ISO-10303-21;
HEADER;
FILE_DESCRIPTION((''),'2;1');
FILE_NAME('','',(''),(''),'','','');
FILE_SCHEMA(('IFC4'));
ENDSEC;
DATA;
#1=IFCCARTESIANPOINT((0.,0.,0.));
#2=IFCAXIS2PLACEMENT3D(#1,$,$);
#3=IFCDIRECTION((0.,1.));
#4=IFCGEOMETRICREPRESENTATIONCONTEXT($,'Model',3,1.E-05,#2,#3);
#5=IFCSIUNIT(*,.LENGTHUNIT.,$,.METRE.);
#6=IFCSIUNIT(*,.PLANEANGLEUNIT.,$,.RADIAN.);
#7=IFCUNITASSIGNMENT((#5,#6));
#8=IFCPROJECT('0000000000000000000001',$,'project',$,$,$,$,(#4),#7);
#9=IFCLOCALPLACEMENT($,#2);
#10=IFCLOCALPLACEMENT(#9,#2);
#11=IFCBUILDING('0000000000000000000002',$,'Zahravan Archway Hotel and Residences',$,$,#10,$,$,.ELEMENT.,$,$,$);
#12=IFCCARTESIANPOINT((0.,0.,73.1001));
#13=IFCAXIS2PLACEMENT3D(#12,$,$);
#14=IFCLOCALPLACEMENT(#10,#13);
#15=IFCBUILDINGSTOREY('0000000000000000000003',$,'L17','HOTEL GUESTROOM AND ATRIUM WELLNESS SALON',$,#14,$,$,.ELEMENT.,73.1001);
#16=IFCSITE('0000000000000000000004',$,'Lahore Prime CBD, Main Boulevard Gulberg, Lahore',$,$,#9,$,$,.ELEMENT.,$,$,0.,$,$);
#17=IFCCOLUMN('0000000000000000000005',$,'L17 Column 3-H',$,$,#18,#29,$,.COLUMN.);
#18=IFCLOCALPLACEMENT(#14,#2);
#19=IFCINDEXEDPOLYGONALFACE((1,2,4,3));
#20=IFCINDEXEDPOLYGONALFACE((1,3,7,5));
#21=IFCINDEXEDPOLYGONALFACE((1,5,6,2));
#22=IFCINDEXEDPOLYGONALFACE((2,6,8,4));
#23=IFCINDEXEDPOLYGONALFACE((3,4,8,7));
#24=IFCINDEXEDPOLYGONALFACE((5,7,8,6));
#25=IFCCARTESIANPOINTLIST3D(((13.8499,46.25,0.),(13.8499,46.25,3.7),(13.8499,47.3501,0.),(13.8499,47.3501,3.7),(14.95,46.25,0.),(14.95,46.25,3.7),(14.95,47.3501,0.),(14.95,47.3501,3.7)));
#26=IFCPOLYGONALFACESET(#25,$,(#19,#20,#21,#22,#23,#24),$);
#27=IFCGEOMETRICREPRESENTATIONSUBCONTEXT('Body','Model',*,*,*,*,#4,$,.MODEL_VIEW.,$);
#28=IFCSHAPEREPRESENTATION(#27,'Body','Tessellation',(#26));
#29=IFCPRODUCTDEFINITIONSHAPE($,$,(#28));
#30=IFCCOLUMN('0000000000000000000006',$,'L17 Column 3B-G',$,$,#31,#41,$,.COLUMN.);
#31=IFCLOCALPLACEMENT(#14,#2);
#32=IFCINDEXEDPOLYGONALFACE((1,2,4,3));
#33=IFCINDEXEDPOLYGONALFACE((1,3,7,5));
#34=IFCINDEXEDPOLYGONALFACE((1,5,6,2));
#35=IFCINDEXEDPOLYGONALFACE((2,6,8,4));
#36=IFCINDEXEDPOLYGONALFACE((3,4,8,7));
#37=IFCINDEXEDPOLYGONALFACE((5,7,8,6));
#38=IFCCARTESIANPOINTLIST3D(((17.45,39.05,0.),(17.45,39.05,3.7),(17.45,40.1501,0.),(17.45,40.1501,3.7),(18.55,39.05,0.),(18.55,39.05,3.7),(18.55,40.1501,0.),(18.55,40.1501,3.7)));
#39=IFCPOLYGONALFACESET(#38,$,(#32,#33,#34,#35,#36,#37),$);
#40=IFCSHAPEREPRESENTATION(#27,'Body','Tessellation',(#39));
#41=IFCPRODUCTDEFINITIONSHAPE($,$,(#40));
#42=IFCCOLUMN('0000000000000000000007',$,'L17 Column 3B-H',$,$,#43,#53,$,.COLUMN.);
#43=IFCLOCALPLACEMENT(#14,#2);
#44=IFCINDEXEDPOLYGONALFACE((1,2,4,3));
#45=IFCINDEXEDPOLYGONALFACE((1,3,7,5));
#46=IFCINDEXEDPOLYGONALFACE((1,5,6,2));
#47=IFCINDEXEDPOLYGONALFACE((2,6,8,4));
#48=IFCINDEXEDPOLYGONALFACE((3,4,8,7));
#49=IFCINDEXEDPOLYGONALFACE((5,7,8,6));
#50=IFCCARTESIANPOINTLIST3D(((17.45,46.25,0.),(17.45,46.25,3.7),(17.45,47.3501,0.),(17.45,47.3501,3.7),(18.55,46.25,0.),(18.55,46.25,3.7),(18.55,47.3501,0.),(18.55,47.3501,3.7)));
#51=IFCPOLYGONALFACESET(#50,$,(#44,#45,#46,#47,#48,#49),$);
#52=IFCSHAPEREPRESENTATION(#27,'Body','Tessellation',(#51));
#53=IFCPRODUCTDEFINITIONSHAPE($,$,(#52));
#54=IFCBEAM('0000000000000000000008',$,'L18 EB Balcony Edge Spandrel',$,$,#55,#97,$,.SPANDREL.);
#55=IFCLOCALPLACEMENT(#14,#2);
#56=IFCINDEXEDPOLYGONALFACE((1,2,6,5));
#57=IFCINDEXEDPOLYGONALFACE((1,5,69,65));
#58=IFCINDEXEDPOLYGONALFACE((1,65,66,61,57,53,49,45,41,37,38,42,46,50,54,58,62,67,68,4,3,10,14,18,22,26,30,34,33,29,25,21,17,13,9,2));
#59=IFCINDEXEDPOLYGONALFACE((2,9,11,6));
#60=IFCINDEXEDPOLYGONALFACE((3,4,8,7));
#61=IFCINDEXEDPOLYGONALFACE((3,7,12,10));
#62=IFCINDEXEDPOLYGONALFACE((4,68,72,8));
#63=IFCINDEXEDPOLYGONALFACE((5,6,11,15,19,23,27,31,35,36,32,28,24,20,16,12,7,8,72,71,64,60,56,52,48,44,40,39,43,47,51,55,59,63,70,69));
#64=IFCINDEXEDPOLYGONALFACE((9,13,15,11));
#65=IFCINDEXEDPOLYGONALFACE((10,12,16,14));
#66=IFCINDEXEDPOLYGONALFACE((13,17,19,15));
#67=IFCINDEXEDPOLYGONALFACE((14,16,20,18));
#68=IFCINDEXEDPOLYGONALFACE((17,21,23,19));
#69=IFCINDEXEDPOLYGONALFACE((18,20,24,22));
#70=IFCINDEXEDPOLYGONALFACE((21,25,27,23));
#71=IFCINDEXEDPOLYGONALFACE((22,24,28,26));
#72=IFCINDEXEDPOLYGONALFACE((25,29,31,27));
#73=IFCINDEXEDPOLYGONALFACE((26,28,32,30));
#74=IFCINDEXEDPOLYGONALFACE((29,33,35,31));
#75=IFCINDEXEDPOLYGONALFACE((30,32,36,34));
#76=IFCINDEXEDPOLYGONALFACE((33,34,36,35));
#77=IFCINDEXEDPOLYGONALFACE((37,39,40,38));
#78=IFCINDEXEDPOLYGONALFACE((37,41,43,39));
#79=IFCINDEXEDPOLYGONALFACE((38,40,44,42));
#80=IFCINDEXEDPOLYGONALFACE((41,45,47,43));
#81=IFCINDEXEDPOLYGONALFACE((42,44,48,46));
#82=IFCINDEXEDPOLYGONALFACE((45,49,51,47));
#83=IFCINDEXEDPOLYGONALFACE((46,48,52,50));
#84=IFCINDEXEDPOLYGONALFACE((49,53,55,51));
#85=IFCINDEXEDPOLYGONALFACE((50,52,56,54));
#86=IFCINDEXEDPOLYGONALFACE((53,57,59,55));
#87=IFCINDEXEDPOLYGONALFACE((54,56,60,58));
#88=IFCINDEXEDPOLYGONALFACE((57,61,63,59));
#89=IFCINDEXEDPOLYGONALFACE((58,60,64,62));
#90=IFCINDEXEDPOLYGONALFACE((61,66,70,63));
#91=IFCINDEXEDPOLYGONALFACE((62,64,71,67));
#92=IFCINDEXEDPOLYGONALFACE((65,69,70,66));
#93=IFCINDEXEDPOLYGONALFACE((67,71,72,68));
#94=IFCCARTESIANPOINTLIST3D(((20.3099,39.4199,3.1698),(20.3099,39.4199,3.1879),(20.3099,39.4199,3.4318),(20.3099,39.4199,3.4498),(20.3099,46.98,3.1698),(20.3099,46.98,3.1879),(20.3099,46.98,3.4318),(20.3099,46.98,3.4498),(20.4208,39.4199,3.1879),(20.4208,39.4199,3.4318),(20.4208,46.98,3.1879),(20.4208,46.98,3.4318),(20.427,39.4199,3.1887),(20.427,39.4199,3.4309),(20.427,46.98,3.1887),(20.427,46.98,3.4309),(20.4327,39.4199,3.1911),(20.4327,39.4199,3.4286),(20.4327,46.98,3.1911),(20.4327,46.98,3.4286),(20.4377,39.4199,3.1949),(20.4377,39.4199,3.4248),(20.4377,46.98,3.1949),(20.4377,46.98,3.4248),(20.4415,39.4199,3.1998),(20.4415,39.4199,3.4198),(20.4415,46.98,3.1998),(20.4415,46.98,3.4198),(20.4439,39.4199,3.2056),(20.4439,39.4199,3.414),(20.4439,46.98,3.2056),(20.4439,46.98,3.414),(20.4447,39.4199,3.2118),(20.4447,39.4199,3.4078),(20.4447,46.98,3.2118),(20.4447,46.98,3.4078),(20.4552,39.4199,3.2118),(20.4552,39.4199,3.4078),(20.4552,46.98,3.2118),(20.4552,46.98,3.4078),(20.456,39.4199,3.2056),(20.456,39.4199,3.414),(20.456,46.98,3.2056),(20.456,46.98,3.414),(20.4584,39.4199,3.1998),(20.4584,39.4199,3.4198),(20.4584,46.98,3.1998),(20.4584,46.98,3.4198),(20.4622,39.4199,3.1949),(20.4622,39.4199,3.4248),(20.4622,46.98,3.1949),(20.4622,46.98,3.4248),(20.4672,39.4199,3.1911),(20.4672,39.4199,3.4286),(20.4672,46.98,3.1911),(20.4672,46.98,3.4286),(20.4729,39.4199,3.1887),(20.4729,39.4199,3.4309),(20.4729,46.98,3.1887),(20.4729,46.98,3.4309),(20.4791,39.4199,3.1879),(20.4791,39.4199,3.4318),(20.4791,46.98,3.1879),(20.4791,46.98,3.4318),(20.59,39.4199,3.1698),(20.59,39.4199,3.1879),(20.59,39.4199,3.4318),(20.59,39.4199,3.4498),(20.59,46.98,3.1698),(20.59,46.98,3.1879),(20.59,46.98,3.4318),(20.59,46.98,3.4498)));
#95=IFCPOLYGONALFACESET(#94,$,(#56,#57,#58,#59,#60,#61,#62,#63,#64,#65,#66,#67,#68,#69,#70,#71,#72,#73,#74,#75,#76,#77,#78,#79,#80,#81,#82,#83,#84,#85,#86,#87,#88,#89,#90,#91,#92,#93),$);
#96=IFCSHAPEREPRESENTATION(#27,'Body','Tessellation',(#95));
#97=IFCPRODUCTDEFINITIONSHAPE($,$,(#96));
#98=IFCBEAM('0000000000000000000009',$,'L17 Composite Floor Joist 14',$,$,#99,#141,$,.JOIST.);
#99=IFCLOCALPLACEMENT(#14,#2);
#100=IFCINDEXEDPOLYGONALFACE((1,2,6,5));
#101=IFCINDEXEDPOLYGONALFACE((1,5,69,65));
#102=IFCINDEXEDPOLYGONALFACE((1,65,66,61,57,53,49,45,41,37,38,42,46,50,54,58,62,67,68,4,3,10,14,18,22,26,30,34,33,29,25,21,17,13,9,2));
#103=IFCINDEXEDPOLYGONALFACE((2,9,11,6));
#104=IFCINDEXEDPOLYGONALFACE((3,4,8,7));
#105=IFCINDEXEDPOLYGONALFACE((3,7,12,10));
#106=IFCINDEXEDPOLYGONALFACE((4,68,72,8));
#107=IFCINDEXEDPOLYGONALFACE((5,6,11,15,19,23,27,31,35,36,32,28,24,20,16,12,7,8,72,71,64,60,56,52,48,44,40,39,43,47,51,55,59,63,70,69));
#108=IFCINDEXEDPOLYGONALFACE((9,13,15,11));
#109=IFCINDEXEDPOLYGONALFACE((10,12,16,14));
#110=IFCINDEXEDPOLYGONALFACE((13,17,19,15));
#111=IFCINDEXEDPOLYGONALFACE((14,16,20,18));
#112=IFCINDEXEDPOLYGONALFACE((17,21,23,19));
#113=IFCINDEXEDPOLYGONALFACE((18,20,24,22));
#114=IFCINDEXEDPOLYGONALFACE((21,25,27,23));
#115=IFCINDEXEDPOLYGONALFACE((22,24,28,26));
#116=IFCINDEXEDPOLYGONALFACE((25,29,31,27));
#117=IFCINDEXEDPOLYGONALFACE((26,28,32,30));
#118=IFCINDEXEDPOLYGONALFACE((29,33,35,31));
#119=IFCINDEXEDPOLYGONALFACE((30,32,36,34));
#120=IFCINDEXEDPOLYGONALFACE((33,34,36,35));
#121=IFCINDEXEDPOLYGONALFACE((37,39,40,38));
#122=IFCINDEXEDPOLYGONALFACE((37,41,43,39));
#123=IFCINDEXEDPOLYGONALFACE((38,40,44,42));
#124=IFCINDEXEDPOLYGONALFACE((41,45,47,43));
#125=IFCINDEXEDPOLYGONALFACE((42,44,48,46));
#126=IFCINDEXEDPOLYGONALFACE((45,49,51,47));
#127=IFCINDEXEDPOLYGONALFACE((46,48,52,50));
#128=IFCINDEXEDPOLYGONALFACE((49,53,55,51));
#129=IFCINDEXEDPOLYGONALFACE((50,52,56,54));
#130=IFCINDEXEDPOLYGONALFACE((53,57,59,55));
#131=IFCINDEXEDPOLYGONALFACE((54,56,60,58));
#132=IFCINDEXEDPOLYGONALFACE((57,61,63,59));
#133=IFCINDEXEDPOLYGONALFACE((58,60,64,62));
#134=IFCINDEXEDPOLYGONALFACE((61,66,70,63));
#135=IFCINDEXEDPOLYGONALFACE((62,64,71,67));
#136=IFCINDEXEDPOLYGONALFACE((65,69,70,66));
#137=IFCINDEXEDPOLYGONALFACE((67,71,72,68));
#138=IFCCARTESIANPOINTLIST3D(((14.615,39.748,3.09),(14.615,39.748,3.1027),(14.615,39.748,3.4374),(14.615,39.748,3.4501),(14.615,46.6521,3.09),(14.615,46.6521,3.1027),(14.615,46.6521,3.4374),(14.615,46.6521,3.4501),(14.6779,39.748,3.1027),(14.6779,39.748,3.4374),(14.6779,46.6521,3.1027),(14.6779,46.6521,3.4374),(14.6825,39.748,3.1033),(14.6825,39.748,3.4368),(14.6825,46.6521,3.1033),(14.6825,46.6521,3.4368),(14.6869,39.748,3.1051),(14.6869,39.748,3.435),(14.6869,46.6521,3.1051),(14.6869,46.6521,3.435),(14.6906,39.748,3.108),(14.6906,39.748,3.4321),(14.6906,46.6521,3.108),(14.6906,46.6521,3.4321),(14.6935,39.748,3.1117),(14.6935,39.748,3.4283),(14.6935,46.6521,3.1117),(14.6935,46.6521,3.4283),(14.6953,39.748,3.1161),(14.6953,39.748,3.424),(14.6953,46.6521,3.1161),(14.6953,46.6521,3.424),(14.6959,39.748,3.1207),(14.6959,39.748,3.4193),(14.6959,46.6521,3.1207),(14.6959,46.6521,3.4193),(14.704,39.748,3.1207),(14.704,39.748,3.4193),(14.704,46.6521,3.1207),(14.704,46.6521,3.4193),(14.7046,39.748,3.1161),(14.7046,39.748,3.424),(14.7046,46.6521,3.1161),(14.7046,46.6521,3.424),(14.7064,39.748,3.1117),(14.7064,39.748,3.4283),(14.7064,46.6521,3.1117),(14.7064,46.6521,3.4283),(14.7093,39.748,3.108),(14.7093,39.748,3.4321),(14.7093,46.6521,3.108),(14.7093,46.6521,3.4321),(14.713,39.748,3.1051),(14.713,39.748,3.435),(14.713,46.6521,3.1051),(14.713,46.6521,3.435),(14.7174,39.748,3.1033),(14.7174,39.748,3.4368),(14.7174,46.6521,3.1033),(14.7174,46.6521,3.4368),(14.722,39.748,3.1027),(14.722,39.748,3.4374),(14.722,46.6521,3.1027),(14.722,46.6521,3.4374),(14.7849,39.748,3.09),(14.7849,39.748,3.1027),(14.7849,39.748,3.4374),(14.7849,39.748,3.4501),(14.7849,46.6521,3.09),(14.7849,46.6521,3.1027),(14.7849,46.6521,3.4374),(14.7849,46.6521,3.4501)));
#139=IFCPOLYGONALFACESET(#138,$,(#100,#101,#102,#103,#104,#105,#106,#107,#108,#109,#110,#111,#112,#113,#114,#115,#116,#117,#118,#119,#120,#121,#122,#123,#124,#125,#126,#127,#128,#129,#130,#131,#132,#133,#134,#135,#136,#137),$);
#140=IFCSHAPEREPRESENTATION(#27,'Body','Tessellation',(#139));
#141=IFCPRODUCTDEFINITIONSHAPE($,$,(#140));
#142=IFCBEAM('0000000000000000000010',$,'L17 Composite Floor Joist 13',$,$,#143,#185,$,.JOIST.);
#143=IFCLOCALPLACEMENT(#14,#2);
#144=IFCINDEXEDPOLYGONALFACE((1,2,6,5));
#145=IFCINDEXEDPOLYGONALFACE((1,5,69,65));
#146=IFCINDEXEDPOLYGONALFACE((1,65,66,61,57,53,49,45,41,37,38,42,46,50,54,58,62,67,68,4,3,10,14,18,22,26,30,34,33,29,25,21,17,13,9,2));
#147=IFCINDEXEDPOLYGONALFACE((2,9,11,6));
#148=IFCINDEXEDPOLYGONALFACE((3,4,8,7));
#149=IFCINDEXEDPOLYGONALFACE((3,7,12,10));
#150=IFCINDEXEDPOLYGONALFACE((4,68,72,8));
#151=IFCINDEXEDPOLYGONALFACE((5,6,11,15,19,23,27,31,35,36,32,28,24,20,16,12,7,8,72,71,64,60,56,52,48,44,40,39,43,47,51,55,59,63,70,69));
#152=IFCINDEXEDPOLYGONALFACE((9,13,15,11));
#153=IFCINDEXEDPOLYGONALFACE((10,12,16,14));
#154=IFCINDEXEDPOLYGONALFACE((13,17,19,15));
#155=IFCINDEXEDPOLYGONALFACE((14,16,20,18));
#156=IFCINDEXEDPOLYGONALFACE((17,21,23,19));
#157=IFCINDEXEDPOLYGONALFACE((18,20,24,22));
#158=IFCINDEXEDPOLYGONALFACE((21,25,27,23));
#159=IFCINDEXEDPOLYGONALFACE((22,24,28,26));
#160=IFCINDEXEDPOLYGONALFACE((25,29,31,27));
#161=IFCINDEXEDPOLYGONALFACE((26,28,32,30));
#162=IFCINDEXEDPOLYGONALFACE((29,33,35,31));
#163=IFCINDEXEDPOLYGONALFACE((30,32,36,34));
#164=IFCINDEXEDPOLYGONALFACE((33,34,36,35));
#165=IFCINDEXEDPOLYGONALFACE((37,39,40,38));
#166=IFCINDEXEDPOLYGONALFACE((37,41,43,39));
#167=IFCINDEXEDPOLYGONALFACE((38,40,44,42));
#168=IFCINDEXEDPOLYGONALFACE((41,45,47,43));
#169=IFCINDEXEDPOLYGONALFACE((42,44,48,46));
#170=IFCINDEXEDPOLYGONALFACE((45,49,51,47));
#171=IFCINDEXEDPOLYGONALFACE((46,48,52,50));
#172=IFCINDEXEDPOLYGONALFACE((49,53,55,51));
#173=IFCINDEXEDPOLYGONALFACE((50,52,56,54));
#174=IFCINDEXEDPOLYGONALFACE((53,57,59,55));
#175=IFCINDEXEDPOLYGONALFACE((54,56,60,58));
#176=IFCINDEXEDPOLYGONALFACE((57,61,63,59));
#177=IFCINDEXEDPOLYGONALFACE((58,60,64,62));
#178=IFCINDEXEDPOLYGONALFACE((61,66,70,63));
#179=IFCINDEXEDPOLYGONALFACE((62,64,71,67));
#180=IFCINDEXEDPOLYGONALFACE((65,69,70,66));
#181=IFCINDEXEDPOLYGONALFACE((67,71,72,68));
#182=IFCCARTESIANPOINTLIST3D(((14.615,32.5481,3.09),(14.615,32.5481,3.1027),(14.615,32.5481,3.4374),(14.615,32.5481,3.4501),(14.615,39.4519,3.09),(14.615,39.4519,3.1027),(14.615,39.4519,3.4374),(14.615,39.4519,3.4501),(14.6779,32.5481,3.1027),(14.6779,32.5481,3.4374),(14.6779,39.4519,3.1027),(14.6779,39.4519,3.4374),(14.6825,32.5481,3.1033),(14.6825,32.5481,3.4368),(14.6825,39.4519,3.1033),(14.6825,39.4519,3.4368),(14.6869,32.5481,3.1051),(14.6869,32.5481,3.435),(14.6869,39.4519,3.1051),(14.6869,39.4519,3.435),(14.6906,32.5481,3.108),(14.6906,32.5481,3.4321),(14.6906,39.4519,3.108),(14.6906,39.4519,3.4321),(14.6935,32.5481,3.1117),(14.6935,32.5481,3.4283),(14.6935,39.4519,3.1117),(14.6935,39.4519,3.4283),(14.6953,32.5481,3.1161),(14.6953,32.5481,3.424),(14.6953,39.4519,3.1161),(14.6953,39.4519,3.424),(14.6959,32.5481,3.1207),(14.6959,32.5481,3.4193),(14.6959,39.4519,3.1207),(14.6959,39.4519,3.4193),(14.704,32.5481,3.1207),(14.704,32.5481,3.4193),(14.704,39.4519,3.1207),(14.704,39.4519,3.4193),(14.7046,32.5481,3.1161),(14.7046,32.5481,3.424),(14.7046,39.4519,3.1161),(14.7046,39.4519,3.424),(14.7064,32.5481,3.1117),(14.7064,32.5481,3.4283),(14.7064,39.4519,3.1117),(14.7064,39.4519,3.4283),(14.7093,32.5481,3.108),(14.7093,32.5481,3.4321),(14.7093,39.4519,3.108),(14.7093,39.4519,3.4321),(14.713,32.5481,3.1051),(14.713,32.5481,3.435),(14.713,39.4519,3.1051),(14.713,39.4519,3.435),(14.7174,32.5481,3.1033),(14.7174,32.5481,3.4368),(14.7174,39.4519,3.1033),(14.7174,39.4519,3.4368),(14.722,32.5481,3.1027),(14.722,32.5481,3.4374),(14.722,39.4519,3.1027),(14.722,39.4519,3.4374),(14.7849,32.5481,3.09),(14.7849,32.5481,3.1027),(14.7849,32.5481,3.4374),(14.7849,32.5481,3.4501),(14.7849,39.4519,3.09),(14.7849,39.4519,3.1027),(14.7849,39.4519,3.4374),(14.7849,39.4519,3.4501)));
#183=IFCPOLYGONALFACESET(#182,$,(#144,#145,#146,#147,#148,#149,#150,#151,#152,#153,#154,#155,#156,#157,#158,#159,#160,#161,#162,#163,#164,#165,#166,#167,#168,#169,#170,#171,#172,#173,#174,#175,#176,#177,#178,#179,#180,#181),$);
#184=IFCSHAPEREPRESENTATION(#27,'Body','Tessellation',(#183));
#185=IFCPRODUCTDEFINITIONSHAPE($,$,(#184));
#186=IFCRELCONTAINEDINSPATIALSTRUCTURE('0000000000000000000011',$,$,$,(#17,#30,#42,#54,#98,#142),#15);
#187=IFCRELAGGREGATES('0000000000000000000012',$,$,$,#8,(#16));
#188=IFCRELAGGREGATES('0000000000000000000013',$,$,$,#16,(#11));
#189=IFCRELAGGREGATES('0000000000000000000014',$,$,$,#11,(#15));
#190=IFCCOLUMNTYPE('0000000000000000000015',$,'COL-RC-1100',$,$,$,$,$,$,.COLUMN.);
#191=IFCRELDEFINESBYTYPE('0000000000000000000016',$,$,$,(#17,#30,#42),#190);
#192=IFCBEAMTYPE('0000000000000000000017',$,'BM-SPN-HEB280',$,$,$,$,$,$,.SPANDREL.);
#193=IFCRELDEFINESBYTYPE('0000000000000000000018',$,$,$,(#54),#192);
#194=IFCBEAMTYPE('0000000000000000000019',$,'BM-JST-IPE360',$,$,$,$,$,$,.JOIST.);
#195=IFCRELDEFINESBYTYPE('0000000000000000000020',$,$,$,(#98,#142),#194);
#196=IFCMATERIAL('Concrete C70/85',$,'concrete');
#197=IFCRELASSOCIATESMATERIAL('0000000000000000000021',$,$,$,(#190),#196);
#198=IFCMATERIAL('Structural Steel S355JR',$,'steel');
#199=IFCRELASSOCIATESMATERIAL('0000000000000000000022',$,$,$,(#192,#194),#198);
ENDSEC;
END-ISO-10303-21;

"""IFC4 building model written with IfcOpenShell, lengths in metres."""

from ifc_helpers import new_model, si_unit, direction, frame, origin, origin_2d, place, context, subcontext, project, spatial, rectangle, i_section, extrude, source, transform, mapped, material, material_profile, profile_set, type_object, type_shapes, element, save


model = new_model("IFC4")

# Units and contexts
model_context = context("Model", 3, precision=1e-05, world=origin(), true_north=direction((0.0, 1.0)))
body_context = subcontext(model_context, "Body", "Model", "MODEL_VIEW")
ifc_project = project(units=[si_unit("LENGTHUNIT", "METRE"), si_unit("PLANEANGLEUNIT", "RADIAN")], contexts=[model_context])

# Site, building, storey
site_placement = place(None, origin())
site = spatial("IfcSite", under=ifc_project, at=site_placement, Name="Lahore Prime CBD, Main Boulevard Gulberg, Lahore", CompositionType="ELEMENT", RefElevation=0.0)
building_placement = place(site_placement, origin())
building = spatial("IfcBuilding", under=site, at=building_placement, Name="Zahravan Archway Hotel and Residences", CompositionType="ELEMENT")
storey_placement = place(building_placement, frame((0.0, 0.0, 73.1001)))
storey = spatial("IfcBuildingStorey", under=building, at=storey_placement, Name="L17", Description="HOTEL GUESTROOM AND ATRIUM WELLNESS SALON", CompositionType="ELEMENT", Elevation=73.1001)

# Columns
ifc_material_1 = material(Name="Concrete C70/85", Category="concrete")
ifc_material_profile_1 = material_profile(ifc_material_1, rectangle(XDim=1.1001, YDim=1.1001, at=origin_2d()), Name="RC 1100x1100", Category="concrete")
ifc_profile_set_1 = profile_set([ifc_material_profile_1], Name="Concrete C70/85")
column_type = type_object("IfcColumnType", Name="COL-RC-1100", PredefinedType="COLUMN", material=ifc_profile_set_1)
shared_shape_1 = source(origin(), body_context, "Body", "SweptSolid", [
    extrude(rectangle(XDim=1.1001, YDim=1.1001, at=origin_2d()), origin(), (0.0, 0.0, 1.0), 3.7),
])
for number, where, z_axis, x_axis, name in (
    (1, (14.3999, 46.8, 0.0), (0.0, 0.0, 1.0), (1.0, 0.0, 0.0), "L17 Column 3-H"),
    (2, (18.0, 39.6001, 0.0), (0.0, 0.0, 1.0), (1.0, 0.0, 0.0), "L17 Column 3B-G"),
    (3, (18.0, 46.8, 0.0), (0.0, 0.0, 1.0), (1.0, 0.0, 0.0), "L17 Column 3B-H"),
):
    element("IfcColumn", number, at=place(storey_placement, frame(where, z_axis=z_axis, x_axis=x_axis)), inside=storey, type_object=column_type, Name=name, PredefinedType="COLUMN", context=body_context, shape_type="MappedRepresentation", body=[
        mapped(shared_shape_1, transform((0.0, 0.0, 0.0), scale=1.0)),
    ])

# Beams
ifc_material_2 = material(Name="Structural Steel S355JR", Category="steel")
ifc_material_profile_2 = material_profile(ifc_material_2, i_section(OverallWidth=0.28, OverallDepth=0.28, WebThickness=0.0105, FlangeThickness=0.0181, FilletRadius=0.0239, at=origin_2d()), Name="HEB 280", Category="steel")
ifc_profile_set_2 = profile_set([ifc_material_profile_2], Name="Structural Steel S355JR")
beam_type_1 = type_object("IfcBeamType", Name="BM-SPN-HEB280", PredefinedType="SPANDREL", material=ifc_profile_set_2)
shared_shape_2 = source(origin(), body_context, "Body", "SweptSolid", [
    extrude(i_section(OverallWidth=0.28, OverallDepth=0.28, WebThickness=0.0105, FlangeThickness=0.0181, FilletRadius=0.0239, at=origin_2d()), origin(), (0.0, 0.0, 1.0), 7.5601),
])
type_shapes(beam_type_1, [shared_shape_2])
beam_1_placement = place(storey_placement, frame((20.45, 39.4199, 3.3098), z_axis=(0.0, 1.0, 0.0), x_axis=(-1.0, 0.0, 0.0)))
element("IfcBeam", 4, at=beam_1_placement, inside=storey, type_object=beam_type_1, Name="L18 EB Balcony Edge Spandrel", PredefinedType="SPANDREL", context=body_context, shape_type="MappedRepresentation", body=[
    mapped(shared_shape_2, transform((0.0, 0.0, 0.0), scale=1.0)),
])
ifc_material_profile_3 = material_profile(ifc_material_2, i_section(OverallWidth=0.1699, OverallDepth=0.3601, WebThickness=0.0081, FlangeThickness=0.0127, FilletRadius=0.0181, at=origin_2d()), Name="IPE 360", Category="steel")
ifc_profile_set_3 = profile_set([ifc_material_profile_3], Name="Structural Steel S355JR")
beam_type_2 = type_object("IfcBeamType", Name="BM-JST-IPE360", PredefinedType="JOIST", material=ifc_profile_set_3)
shared_shape_3 = source(origin(), body_context, "Body", "SweptSolid", [
    extrude(i_section(OverallWidth=0.1699, OverallDepth=0.3601, WebThickness=0.0081, FlangeThickness=0.0127, FilletRadius=0.0181, at=origin_2d()), origin(), (0.0, 0.0, 1.0), 6.9041),
])
type_shapes(beam_type_2, [shared_shape_3])
beam_2_placement = place(storey_placement, frame((14.7, 39.748, 3.27), z_axis=(0.0, 1.0, 0.0), x_axis=(-1.0, 0.0, 0.0)))
element("IfcBeam", 5, at=beam_2_placement, inside=storey, type_object=beam_type_2, Name="L17 Composite Floor Joist 14", PredefinedType="JOIST", context=body_context, shape_type="MappedRepresentation", body=[
    mapped(shared_shape_3, transform((0.0, 0.0, 0.0), scale=1.0)),
])
shared_shape_4 = source(origin(), body_context, "Body", "SweptSolid", [
    extrude(i_section(OverallWidth=0.1699, OverallDepth=0.3601, WebThickness=0.0081, FlangeThickness=0.0127, FilletRadius=0.0181, at=origin_2d()), origin(), (0.0, 0.0, 1.0), 6.9038),
])
beam_3_placement = place(storey_placement, frame((14.7, 32.5481, 3.27), z_axis=(0.0, 1.0, 0.0), x_axis=(-1.0, 0.0, 0.0)))
element("IfcBeam", 6, at=beam_3_placement, inside=storey, type_object=beam_type_2, Name="L17 Composite Floor Joist 13", PredefinedType="JOIST", context=body_context, shape_type="MappedRepresentation", body=[
    mapped(shared_shape_4, transform((0.0, 0.0, 0.0), scale=1.0)),
])

save(model, "model.ifc")
